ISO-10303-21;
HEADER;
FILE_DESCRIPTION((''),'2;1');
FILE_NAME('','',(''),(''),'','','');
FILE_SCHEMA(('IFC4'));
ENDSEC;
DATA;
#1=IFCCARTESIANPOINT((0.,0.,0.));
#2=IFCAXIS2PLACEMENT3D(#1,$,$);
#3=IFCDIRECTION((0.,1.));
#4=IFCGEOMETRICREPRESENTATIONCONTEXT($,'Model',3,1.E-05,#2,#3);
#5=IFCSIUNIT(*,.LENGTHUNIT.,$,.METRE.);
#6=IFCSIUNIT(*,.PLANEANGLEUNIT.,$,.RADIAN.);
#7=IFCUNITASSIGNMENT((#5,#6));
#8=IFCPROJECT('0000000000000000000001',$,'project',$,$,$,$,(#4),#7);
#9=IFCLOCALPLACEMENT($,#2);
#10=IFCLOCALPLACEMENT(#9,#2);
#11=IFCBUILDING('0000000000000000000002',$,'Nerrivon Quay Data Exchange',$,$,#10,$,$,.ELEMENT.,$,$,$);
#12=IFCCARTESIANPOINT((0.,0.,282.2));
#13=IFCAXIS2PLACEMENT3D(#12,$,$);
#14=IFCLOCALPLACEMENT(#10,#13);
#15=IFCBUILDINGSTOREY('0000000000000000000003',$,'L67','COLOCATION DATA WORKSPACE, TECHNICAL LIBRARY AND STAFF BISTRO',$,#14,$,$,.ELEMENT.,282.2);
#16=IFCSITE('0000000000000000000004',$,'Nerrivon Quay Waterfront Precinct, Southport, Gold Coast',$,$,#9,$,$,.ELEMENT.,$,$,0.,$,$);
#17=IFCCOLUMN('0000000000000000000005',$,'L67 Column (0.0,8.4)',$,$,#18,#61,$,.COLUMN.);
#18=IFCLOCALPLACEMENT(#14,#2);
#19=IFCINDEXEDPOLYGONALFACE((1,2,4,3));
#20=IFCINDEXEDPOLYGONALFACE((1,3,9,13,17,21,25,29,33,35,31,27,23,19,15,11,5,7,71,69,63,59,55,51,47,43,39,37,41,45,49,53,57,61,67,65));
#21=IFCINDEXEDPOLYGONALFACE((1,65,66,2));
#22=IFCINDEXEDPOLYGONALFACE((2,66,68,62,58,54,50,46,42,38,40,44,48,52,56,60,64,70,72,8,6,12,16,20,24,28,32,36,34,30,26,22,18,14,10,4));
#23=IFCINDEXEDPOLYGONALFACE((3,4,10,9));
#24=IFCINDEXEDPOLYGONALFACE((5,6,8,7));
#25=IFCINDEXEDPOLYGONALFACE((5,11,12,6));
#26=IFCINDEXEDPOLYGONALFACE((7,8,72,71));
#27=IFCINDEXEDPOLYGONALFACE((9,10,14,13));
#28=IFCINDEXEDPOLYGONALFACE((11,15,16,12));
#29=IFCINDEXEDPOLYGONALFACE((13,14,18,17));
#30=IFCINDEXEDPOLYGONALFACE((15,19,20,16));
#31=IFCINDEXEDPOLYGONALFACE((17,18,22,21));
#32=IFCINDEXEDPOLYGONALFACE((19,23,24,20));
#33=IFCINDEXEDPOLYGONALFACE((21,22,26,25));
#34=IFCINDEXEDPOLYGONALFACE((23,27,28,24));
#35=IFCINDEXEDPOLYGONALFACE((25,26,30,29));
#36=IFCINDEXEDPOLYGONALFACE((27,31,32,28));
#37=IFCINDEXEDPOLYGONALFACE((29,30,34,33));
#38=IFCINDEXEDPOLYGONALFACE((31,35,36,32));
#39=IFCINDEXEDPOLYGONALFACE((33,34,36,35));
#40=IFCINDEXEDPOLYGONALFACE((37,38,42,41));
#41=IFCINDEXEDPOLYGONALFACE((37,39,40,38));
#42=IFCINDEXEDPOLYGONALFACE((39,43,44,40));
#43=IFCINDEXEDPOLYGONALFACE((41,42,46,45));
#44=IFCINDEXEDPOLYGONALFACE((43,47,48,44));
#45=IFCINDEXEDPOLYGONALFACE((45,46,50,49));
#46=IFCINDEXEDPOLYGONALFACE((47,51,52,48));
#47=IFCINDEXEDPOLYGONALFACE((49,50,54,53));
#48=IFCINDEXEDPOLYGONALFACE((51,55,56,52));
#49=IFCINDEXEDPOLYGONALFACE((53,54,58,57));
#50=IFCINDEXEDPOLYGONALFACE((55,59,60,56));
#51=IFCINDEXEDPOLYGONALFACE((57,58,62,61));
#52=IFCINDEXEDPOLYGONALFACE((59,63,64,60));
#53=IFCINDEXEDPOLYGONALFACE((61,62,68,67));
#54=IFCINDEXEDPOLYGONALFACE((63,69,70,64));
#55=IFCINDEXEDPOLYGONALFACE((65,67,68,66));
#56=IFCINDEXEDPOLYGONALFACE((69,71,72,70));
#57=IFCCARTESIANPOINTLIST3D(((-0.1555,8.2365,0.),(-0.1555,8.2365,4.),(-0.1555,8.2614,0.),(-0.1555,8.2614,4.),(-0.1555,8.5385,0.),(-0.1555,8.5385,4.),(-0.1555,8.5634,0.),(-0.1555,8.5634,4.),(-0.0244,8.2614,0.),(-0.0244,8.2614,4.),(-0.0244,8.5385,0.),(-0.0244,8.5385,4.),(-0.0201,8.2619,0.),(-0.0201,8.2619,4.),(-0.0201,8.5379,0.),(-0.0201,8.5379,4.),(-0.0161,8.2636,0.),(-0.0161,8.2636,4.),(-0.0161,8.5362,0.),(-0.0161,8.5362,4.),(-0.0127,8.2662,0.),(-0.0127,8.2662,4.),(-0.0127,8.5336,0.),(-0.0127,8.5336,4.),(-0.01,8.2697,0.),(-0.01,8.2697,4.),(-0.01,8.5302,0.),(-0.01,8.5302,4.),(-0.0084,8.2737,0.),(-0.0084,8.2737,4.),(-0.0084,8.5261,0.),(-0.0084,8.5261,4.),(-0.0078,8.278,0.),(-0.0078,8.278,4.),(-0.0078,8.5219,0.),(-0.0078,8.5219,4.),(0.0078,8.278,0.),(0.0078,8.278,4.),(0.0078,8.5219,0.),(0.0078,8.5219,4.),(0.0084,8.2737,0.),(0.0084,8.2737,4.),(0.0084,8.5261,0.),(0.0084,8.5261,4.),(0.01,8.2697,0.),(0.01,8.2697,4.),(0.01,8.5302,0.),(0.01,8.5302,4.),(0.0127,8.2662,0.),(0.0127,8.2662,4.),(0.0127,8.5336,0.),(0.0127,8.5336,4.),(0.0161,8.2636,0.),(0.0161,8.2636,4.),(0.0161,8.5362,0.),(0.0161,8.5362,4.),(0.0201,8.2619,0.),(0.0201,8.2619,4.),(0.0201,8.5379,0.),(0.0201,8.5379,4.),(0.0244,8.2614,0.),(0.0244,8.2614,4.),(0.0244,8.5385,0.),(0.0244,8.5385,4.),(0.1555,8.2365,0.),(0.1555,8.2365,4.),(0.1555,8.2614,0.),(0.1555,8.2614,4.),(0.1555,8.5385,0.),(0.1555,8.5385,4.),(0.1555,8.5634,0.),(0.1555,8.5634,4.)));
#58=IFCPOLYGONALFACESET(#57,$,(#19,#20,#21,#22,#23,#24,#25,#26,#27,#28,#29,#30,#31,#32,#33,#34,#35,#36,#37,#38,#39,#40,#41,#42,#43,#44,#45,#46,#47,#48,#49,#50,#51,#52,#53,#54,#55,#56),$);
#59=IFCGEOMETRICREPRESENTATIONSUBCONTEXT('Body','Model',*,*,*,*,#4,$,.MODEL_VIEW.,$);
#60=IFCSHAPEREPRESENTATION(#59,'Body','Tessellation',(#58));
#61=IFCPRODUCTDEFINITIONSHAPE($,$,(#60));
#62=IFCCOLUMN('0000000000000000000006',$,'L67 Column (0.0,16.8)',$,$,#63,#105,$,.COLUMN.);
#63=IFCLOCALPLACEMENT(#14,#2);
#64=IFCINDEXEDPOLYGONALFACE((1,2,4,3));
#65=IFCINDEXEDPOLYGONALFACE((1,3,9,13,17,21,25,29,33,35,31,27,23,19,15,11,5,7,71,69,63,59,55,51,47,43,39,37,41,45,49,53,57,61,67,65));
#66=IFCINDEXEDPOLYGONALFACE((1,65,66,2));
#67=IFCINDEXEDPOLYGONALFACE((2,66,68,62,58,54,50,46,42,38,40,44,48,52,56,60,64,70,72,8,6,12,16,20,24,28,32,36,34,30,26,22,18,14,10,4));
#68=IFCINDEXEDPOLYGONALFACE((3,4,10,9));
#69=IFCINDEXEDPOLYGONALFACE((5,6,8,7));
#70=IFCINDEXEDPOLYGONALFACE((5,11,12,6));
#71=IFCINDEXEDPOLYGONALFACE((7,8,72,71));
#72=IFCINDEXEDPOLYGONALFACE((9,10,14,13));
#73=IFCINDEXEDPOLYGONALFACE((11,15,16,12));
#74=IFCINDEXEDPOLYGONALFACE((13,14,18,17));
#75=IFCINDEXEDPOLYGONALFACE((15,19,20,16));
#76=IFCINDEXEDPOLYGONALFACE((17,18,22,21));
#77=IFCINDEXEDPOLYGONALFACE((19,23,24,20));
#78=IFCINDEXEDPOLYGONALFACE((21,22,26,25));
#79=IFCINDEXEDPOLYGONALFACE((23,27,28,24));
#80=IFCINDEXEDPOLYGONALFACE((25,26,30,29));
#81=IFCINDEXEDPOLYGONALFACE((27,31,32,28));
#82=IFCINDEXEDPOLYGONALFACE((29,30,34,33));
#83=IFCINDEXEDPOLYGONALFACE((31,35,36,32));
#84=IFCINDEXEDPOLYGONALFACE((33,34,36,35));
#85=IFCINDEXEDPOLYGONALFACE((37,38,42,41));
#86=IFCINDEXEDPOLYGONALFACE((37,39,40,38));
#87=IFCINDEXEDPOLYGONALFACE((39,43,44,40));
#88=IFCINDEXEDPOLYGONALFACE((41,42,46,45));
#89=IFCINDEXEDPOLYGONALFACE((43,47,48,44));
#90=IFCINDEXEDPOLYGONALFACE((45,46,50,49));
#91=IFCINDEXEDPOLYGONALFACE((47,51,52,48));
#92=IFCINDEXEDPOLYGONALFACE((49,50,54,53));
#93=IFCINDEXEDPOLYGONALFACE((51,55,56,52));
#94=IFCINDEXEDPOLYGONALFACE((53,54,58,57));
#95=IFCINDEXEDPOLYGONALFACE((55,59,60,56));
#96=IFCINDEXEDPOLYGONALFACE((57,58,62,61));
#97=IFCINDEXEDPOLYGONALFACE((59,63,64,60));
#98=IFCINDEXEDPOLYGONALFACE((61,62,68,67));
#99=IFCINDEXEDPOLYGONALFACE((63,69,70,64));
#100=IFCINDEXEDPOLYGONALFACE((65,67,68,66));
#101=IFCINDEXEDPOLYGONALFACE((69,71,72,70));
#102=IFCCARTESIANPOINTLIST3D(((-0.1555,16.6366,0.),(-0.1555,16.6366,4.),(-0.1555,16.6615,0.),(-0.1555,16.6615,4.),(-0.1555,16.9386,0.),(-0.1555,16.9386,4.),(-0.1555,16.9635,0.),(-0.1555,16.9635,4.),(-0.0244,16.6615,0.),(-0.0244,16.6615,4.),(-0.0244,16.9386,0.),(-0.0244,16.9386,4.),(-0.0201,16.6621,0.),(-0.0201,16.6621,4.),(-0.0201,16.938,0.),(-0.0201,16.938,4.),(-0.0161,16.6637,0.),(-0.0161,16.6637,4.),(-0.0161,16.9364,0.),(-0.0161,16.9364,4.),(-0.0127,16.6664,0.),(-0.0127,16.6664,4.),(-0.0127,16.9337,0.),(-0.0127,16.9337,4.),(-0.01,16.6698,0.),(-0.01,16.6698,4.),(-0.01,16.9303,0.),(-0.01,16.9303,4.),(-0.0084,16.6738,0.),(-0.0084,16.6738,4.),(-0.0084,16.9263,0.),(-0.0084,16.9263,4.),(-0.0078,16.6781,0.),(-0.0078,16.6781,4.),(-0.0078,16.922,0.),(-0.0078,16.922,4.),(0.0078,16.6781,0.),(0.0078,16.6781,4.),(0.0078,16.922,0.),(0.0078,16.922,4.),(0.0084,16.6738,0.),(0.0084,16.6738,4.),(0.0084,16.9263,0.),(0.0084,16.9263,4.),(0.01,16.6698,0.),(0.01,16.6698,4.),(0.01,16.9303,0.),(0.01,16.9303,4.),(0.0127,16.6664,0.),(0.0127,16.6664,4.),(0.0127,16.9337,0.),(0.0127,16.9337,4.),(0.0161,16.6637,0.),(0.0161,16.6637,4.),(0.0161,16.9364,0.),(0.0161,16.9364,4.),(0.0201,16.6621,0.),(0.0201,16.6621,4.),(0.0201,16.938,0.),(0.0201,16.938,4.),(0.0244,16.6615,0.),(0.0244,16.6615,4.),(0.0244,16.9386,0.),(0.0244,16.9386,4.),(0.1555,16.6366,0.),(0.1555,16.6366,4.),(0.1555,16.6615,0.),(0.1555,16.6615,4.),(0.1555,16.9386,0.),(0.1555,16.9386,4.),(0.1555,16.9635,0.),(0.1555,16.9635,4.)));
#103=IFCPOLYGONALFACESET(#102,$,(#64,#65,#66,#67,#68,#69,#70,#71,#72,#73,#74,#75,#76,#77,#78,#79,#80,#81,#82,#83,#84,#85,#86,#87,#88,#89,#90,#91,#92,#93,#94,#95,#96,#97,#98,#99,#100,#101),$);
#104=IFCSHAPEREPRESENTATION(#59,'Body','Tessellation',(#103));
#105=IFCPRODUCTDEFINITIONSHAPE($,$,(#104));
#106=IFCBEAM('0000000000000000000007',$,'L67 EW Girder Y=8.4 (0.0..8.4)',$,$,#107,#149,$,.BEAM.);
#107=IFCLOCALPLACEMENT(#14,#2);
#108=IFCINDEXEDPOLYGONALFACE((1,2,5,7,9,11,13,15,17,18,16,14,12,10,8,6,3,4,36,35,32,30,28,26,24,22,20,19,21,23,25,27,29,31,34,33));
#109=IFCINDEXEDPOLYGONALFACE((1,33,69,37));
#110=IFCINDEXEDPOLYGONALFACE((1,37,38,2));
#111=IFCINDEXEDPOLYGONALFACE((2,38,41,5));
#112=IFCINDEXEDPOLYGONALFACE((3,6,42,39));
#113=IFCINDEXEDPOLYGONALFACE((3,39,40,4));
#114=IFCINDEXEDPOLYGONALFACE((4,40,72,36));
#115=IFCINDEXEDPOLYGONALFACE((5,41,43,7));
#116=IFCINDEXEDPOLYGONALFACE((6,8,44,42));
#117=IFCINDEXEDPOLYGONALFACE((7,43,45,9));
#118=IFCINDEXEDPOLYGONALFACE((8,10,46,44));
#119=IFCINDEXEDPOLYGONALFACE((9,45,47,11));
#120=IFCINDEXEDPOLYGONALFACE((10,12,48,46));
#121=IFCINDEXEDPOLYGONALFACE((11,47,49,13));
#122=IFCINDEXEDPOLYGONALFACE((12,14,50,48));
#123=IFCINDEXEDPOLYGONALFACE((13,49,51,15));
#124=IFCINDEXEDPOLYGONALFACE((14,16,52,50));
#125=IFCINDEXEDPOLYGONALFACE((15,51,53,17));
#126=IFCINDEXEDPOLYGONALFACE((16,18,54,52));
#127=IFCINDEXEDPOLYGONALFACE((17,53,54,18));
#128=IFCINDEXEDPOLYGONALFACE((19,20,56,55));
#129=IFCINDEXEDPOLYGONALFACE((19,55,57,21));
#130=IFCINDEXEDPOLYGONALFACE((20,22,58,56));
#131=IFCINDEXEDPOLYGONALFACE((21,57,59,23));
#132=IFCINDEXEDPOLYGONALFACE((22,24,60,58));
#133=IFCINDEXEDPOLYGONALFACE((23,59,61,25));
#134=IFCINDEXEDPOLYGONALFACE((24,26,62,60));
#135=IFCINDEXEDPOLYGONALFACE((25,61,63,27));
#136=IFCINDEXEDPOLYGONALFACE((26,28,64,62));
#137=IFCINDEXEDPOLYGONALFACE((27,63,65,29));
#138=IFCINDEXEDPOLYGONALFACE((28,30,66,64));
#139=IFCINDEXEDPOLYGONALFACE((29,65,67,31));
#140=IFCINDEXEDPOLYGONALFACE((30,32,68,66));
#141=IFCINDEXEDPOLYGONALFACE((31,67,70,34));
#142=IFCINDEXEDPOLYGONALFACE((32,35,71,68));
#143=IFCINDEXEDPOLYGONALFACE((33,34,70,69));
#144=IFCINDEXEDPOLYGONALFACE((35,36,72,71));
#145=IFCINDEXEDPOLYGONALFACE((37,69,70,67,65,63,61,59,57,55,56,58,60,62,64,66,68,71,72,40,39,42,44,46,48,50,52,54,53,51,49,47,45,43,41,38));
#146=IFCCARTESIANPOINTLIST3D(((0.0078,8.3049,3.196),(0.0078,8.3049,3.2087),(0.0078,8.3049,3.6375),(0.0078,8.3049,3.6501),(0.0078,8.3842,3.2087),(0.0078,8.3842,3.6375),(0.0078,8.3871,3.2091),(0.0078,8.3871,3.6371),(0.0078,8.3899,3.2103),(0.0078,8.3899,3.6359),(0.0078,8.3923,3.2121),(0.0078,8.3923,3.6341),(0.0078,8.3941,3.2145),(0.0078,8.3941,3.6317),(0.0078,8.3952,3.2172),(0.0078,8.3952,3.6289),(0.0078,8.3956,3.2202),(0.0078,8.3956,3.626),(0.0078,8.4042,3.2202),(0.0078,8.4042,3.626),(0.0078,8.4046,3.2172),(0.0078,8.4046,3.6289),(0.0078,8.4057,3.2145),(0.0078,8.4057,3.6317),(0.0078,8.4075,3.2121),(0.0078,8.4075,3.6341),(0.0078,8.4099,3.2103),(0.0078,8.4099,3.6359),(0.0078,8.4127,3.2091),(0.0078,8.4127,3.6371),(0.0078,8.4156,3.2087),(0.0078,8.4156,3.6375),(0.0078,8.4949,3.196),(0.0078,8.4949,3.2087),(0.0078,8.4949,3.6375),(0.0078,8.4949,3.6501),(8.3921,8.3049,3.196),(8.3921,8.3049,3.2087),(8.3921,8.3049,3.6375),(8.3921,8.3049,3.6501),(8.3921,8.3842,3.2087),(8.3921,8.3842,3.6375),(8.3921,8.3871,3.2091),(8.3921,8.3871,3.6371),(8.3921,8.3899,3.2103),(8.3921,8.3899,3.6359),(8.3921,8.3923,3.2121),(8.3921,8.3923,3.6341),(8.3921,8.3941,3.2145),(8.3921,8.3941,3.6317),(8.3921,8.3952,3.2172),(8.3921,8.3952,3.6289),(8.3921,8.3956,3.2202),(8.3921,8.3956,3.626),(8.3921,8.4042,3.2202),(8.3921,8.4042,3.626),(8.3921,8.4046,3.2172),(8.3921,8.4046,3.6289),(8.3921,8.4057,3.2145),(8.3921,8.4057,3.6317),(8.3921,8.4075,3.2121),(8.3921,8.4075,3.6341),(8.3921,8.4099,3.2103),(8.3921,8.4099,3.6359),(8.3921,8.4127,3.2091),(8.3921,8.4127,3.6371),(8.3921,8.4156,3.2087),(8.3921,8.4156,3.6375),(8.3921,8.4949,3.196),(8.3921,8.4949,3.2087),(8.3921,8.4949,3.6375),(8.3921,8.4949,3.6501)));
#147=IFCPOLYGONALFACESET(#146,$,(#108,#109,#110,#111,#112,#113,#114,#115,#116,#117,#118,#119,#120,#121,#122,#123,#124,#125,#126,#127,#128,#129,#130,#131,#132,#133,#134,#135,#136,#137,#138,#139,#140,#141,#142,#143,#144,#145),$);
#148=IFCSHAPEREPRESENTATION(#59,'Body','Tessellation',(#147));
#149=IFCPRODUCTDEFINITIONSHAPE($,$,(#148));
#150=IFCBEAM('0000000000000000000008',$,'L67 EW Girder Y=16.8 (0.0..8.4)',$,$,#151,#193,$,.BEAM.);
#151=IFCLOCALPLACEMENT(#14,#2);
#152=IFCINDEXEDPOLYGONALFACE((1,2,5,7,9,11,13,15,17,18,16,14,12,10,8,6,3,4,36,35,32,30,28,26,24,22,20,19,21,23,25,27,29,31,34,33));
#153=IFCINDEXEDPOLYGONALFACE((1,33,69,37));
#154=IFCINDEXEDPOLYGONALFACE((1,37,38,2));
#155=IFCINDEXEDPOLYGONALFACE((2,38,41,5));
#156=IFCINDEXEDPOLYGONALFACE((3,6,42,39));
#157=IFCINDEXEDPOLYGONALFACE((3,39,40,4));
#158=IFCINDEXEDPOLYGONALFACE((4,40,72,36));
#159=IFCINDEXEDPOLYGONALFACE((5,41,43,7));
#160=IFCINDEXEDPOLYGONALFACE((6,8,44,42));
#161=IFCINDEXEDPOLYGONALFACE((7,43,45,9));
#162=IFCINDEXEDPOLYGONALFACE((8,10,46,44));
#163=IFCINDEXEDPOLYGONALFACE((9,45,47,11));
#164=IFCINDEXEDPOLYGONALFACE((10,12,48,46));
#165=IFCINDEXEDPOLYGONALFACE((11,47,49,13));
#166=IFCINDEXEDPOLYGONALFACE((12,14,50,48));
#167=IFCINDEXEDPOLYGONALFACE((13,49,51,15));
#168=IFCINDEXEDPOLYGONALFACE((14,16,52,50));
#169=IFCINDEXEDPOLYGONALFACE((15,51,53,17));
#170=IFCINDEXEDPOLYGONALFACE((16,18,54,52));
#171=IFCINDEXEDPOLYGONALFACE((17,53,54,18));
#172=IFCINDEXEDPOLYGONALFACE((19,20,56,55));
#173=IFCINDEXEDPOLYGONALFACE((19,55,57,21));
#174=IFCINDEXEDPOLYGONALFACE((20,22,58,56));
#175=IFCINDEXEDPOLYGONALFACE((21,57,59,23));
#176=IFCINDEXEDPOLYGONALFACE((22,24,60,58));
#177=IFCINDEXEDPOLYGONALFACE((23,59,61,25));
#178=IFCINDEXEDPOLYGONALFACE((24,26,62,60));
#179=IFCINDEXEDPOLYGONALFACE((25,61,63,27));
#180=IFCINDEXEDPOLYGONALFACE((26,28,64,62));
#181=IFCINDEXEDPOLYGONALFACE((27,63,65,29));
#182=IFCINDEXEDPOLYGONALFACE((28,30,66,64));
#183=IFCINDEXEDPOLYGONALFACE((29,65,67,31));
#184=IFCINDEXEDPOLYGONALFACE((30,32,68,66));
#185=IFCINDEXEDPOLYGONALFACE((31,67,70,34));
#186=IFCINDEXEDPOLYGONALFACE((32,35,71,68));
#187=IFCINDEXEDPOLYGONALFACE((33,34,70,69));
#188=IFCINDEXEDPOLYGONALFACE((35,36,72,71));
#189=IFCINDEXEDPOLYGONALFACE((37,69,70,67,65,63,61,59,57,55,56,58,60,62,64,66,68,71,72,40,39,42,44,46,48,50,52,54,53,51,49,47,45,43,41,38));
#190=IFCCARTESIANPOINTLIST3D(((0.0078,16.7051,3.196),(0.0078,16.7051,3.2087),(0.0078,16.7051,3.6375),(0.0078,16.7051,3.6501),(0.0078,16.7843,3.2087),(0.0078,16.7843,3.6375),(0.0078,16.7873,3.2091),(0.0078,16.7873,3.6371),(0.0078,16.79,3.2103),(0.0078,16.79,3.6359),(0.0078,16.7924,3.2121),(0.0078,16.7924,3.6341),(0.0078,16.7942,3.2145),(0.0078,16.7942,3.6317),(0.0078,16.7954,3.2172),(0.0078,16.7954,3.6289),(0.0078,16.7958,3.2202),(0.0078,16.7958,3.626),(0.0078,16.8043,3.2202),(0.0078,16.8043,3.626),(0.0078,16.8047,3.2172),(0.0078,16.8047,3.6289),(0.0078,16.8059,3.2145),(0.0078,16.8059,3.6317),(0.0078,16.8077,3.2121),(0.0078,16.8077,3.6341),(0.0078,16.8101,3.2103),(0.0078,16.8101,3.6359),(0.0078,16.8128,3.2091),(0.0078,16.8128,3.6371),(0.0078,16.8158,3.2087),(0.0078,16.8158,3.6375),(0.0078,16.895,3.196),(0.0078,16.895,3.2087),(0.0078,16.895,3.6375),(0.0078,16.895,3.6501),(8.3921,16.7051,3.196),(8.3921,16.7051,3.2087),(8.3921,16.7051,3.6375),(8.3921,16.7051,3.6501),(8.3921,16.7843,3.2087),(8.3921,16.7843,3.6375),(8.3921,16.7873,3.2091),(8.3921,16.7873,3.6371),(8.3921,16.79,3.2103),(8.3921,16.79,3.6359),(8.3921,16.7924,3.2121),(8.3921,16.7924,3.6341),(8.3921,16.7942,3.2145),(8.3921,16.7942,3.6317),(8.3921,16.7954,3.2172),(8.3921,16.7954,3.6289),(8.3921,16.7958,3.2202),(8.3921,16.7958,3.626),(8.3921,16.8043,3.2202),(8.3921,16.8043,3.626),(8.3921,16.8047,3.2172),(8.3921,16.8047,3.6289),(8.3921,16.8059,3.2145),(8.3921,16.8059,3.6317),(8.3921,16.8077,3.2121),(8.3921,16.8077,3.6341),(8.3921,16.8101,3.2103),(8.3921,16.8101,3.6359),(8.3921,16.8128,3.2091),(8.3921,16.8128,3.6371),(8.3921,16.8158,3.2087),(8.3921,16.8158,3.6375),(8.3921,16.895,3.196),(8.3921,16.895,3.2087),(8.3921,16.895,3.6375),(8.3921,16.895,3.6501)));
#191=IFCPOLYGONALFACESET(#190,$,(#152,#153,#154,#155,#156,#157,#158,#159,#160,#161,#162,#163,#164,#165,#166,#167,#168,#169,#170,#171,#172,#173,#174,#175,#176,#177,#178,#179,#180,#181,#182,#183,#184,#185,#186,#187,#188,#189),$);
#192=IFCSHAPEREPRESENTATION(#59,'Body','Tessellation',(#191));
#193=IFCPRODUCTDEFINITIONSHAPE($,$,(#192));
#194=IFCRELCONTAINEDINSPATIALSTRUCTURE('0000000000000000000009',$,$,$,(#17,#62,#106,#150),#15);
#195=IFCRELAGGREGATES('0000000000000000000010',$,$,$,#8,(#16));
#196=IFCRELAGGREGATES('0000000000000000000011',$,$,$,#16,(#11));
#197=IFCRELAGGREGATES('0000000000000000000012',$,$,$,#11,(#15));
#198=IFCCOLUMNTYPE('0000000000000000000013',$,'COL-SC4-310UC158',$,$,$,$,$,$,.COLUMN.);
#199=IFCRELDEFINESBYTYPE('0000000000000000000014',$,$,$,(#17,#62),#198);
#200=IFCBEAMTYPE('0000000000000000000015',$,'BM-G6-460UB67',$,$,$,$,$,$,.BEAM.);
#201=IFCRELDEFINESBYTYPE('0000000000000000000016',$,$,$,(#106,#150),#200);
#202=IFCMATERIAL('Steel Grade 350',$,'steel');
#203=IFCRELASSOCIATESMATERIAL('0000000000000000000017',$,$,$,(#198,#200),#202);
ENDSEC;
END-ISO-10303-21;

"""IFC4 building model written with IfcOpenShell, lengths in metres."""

from ifc_helpers import new_model, si_unit, direction, frame, origin, origin_2d, place, context, subcontext, project, spatial, i_section, extrude, material, material_profile, profile_set, type_object, element, save


model = new_model("IFC4")

# Units and contexts
model_context = context("Model", 3, precision=1e-05, world=origin(), true_north=direction((0.0, 1.0)))
body_context = subcontext(model_context, "Body", "Model", "MODEL_VIEW")
ifc_project = project(units=[si_unit("LENGTHUNIT", "METRE"), si_unit("PLANEANGLEUNIT", "RADIAN")], contexts=[model_context])

# Site, building, storey
site_placement = place(None, origin())
site = spatial("IfcSite", under=ifc_project, at=site_placement, Name="Nerrivon Quay Waterfront Precinct, Southport, Gold Coast", CompositionType="ELEMENT", RefElevation=0.0)
building_placement = place(site_placement, origin())
building = spatial("IfcBuilding", under=site, at=building_placement, Name="Nerrivon Quay Data Exchange", CompositionType="ELEMENT")
storey_placement = place(building_placement, frame((0.0, 0.0, 282.2)))
storey = spatial("IfcBuildingStorey", under=building, at=storey_placement, Name="L67", Description="COLOCATION DATA WORKSPACE, TECHNICAL LIBRARY AND STAFF BISTRO", CompositionType="ELEMENT", Elevation=282.2)

# Columns
ifc_material_1 = material(Name="Steel Grade 350", Category="steel")
ifc_material_profile_1 = material_profile(ifc_material_1, i_section(OverallWidth=0.311, OverallDepth=0.3269, WebThickness=0.0156, FlangeThickness=0.0249, FilletRadius=0.0166, at=origin_2d()), Name="310UC158")
ifc_profile_set_1 = profile_set([ifc_material_profile_1], Name="Steel Grade 350")
column_type = type_object("IfcColumnType", Name="COL-SC4-310UC158", PredefinedType="COLUMN", material=ifc_profile_set_1)
for number, where, z_axis, x_axis, name in (
    (1, (0.0, 8.3999, 0.0), (0.0, 0.0, 1.0), (1.0, 0.0, 0.0), "L67 Column (0.0,8.4)"),
    (2, (0.0, 16.8, 0.0), (0.0, 0.0, 1.0), (1.0, 0.0, 0.0), "L67 Column (0.0,16.8)"),
):
    element("IfcColumn", number, at=place(storey_placement, frame(where, z_axis=z_axis, x_axis=x_axis)), inside=storey, type_object=column_type, Name=name, PredefinedType="COLUMN", context=body_context, shape_type="SweptSolid", body=[
        extrude(i_section(OverallWidth=0.311, OverallDepth=0.3269, WebThickness=0.0156, FlangeThickness=0.0249, FilletRadius=0.0166, at=origin_2d()), origin(), (0.0, 0.0, 1.0), 4.0),
    ])

# Beams
ifc_material_profile_2 = material_profile(ifc_material_1, i_section(OverallWidth=0.1899, OverallDepth=0.4541, WebThickness=0.0085, FlangeThickness=0.0127, FilletRadius=0.0115, at=origin_2d()), Name="460UB67.1")
ifc_profile_set_2 = profile_set([ifc_material_profile_2], Name="Steel Grade 350")
beam_type_1 = type_object("IfcBeamType", Name="BM-G6-460UB67", PredefinedType="BEAM", material=ifc_profile_set_2)
for number, where, z_axis, x_axis, name in (
    (3, (0.0078, 8.3999, 3.4231), (1.0, 0.0, 0.0), (0.0, 1.0, 0.0), "L67 EW Girder Y=8.4 (0.0..8.4)"),
    (4, (0.0078, 16.8, 3.4231), (1.0, 0.0, 0.0), (0.0, 1.0, 0.0), "L67 EW Girder Y=16.8 (0.0..8.4)"),
):
    element("IfcBeam", number, at=place(storey_placement, frame(where, z_axis=z_axis, x_axis=x_axis)), inside=storey, type_object=beam_type_1, Name=name, PredefinedType="BEAM", context=body_context, shape_type="SweptSolid", body=[
        extrude(i_section(OverallWidth=0.1899, OverallDepth=0.4541, WebThickness=0.0085, FlangeThickness=0.0127, FilletRadius=0.0115, at=origin_2d()), origin(), (0.0, 0.0, 1.0), 8.3843),
    ])

save(model, "model.ifc")
